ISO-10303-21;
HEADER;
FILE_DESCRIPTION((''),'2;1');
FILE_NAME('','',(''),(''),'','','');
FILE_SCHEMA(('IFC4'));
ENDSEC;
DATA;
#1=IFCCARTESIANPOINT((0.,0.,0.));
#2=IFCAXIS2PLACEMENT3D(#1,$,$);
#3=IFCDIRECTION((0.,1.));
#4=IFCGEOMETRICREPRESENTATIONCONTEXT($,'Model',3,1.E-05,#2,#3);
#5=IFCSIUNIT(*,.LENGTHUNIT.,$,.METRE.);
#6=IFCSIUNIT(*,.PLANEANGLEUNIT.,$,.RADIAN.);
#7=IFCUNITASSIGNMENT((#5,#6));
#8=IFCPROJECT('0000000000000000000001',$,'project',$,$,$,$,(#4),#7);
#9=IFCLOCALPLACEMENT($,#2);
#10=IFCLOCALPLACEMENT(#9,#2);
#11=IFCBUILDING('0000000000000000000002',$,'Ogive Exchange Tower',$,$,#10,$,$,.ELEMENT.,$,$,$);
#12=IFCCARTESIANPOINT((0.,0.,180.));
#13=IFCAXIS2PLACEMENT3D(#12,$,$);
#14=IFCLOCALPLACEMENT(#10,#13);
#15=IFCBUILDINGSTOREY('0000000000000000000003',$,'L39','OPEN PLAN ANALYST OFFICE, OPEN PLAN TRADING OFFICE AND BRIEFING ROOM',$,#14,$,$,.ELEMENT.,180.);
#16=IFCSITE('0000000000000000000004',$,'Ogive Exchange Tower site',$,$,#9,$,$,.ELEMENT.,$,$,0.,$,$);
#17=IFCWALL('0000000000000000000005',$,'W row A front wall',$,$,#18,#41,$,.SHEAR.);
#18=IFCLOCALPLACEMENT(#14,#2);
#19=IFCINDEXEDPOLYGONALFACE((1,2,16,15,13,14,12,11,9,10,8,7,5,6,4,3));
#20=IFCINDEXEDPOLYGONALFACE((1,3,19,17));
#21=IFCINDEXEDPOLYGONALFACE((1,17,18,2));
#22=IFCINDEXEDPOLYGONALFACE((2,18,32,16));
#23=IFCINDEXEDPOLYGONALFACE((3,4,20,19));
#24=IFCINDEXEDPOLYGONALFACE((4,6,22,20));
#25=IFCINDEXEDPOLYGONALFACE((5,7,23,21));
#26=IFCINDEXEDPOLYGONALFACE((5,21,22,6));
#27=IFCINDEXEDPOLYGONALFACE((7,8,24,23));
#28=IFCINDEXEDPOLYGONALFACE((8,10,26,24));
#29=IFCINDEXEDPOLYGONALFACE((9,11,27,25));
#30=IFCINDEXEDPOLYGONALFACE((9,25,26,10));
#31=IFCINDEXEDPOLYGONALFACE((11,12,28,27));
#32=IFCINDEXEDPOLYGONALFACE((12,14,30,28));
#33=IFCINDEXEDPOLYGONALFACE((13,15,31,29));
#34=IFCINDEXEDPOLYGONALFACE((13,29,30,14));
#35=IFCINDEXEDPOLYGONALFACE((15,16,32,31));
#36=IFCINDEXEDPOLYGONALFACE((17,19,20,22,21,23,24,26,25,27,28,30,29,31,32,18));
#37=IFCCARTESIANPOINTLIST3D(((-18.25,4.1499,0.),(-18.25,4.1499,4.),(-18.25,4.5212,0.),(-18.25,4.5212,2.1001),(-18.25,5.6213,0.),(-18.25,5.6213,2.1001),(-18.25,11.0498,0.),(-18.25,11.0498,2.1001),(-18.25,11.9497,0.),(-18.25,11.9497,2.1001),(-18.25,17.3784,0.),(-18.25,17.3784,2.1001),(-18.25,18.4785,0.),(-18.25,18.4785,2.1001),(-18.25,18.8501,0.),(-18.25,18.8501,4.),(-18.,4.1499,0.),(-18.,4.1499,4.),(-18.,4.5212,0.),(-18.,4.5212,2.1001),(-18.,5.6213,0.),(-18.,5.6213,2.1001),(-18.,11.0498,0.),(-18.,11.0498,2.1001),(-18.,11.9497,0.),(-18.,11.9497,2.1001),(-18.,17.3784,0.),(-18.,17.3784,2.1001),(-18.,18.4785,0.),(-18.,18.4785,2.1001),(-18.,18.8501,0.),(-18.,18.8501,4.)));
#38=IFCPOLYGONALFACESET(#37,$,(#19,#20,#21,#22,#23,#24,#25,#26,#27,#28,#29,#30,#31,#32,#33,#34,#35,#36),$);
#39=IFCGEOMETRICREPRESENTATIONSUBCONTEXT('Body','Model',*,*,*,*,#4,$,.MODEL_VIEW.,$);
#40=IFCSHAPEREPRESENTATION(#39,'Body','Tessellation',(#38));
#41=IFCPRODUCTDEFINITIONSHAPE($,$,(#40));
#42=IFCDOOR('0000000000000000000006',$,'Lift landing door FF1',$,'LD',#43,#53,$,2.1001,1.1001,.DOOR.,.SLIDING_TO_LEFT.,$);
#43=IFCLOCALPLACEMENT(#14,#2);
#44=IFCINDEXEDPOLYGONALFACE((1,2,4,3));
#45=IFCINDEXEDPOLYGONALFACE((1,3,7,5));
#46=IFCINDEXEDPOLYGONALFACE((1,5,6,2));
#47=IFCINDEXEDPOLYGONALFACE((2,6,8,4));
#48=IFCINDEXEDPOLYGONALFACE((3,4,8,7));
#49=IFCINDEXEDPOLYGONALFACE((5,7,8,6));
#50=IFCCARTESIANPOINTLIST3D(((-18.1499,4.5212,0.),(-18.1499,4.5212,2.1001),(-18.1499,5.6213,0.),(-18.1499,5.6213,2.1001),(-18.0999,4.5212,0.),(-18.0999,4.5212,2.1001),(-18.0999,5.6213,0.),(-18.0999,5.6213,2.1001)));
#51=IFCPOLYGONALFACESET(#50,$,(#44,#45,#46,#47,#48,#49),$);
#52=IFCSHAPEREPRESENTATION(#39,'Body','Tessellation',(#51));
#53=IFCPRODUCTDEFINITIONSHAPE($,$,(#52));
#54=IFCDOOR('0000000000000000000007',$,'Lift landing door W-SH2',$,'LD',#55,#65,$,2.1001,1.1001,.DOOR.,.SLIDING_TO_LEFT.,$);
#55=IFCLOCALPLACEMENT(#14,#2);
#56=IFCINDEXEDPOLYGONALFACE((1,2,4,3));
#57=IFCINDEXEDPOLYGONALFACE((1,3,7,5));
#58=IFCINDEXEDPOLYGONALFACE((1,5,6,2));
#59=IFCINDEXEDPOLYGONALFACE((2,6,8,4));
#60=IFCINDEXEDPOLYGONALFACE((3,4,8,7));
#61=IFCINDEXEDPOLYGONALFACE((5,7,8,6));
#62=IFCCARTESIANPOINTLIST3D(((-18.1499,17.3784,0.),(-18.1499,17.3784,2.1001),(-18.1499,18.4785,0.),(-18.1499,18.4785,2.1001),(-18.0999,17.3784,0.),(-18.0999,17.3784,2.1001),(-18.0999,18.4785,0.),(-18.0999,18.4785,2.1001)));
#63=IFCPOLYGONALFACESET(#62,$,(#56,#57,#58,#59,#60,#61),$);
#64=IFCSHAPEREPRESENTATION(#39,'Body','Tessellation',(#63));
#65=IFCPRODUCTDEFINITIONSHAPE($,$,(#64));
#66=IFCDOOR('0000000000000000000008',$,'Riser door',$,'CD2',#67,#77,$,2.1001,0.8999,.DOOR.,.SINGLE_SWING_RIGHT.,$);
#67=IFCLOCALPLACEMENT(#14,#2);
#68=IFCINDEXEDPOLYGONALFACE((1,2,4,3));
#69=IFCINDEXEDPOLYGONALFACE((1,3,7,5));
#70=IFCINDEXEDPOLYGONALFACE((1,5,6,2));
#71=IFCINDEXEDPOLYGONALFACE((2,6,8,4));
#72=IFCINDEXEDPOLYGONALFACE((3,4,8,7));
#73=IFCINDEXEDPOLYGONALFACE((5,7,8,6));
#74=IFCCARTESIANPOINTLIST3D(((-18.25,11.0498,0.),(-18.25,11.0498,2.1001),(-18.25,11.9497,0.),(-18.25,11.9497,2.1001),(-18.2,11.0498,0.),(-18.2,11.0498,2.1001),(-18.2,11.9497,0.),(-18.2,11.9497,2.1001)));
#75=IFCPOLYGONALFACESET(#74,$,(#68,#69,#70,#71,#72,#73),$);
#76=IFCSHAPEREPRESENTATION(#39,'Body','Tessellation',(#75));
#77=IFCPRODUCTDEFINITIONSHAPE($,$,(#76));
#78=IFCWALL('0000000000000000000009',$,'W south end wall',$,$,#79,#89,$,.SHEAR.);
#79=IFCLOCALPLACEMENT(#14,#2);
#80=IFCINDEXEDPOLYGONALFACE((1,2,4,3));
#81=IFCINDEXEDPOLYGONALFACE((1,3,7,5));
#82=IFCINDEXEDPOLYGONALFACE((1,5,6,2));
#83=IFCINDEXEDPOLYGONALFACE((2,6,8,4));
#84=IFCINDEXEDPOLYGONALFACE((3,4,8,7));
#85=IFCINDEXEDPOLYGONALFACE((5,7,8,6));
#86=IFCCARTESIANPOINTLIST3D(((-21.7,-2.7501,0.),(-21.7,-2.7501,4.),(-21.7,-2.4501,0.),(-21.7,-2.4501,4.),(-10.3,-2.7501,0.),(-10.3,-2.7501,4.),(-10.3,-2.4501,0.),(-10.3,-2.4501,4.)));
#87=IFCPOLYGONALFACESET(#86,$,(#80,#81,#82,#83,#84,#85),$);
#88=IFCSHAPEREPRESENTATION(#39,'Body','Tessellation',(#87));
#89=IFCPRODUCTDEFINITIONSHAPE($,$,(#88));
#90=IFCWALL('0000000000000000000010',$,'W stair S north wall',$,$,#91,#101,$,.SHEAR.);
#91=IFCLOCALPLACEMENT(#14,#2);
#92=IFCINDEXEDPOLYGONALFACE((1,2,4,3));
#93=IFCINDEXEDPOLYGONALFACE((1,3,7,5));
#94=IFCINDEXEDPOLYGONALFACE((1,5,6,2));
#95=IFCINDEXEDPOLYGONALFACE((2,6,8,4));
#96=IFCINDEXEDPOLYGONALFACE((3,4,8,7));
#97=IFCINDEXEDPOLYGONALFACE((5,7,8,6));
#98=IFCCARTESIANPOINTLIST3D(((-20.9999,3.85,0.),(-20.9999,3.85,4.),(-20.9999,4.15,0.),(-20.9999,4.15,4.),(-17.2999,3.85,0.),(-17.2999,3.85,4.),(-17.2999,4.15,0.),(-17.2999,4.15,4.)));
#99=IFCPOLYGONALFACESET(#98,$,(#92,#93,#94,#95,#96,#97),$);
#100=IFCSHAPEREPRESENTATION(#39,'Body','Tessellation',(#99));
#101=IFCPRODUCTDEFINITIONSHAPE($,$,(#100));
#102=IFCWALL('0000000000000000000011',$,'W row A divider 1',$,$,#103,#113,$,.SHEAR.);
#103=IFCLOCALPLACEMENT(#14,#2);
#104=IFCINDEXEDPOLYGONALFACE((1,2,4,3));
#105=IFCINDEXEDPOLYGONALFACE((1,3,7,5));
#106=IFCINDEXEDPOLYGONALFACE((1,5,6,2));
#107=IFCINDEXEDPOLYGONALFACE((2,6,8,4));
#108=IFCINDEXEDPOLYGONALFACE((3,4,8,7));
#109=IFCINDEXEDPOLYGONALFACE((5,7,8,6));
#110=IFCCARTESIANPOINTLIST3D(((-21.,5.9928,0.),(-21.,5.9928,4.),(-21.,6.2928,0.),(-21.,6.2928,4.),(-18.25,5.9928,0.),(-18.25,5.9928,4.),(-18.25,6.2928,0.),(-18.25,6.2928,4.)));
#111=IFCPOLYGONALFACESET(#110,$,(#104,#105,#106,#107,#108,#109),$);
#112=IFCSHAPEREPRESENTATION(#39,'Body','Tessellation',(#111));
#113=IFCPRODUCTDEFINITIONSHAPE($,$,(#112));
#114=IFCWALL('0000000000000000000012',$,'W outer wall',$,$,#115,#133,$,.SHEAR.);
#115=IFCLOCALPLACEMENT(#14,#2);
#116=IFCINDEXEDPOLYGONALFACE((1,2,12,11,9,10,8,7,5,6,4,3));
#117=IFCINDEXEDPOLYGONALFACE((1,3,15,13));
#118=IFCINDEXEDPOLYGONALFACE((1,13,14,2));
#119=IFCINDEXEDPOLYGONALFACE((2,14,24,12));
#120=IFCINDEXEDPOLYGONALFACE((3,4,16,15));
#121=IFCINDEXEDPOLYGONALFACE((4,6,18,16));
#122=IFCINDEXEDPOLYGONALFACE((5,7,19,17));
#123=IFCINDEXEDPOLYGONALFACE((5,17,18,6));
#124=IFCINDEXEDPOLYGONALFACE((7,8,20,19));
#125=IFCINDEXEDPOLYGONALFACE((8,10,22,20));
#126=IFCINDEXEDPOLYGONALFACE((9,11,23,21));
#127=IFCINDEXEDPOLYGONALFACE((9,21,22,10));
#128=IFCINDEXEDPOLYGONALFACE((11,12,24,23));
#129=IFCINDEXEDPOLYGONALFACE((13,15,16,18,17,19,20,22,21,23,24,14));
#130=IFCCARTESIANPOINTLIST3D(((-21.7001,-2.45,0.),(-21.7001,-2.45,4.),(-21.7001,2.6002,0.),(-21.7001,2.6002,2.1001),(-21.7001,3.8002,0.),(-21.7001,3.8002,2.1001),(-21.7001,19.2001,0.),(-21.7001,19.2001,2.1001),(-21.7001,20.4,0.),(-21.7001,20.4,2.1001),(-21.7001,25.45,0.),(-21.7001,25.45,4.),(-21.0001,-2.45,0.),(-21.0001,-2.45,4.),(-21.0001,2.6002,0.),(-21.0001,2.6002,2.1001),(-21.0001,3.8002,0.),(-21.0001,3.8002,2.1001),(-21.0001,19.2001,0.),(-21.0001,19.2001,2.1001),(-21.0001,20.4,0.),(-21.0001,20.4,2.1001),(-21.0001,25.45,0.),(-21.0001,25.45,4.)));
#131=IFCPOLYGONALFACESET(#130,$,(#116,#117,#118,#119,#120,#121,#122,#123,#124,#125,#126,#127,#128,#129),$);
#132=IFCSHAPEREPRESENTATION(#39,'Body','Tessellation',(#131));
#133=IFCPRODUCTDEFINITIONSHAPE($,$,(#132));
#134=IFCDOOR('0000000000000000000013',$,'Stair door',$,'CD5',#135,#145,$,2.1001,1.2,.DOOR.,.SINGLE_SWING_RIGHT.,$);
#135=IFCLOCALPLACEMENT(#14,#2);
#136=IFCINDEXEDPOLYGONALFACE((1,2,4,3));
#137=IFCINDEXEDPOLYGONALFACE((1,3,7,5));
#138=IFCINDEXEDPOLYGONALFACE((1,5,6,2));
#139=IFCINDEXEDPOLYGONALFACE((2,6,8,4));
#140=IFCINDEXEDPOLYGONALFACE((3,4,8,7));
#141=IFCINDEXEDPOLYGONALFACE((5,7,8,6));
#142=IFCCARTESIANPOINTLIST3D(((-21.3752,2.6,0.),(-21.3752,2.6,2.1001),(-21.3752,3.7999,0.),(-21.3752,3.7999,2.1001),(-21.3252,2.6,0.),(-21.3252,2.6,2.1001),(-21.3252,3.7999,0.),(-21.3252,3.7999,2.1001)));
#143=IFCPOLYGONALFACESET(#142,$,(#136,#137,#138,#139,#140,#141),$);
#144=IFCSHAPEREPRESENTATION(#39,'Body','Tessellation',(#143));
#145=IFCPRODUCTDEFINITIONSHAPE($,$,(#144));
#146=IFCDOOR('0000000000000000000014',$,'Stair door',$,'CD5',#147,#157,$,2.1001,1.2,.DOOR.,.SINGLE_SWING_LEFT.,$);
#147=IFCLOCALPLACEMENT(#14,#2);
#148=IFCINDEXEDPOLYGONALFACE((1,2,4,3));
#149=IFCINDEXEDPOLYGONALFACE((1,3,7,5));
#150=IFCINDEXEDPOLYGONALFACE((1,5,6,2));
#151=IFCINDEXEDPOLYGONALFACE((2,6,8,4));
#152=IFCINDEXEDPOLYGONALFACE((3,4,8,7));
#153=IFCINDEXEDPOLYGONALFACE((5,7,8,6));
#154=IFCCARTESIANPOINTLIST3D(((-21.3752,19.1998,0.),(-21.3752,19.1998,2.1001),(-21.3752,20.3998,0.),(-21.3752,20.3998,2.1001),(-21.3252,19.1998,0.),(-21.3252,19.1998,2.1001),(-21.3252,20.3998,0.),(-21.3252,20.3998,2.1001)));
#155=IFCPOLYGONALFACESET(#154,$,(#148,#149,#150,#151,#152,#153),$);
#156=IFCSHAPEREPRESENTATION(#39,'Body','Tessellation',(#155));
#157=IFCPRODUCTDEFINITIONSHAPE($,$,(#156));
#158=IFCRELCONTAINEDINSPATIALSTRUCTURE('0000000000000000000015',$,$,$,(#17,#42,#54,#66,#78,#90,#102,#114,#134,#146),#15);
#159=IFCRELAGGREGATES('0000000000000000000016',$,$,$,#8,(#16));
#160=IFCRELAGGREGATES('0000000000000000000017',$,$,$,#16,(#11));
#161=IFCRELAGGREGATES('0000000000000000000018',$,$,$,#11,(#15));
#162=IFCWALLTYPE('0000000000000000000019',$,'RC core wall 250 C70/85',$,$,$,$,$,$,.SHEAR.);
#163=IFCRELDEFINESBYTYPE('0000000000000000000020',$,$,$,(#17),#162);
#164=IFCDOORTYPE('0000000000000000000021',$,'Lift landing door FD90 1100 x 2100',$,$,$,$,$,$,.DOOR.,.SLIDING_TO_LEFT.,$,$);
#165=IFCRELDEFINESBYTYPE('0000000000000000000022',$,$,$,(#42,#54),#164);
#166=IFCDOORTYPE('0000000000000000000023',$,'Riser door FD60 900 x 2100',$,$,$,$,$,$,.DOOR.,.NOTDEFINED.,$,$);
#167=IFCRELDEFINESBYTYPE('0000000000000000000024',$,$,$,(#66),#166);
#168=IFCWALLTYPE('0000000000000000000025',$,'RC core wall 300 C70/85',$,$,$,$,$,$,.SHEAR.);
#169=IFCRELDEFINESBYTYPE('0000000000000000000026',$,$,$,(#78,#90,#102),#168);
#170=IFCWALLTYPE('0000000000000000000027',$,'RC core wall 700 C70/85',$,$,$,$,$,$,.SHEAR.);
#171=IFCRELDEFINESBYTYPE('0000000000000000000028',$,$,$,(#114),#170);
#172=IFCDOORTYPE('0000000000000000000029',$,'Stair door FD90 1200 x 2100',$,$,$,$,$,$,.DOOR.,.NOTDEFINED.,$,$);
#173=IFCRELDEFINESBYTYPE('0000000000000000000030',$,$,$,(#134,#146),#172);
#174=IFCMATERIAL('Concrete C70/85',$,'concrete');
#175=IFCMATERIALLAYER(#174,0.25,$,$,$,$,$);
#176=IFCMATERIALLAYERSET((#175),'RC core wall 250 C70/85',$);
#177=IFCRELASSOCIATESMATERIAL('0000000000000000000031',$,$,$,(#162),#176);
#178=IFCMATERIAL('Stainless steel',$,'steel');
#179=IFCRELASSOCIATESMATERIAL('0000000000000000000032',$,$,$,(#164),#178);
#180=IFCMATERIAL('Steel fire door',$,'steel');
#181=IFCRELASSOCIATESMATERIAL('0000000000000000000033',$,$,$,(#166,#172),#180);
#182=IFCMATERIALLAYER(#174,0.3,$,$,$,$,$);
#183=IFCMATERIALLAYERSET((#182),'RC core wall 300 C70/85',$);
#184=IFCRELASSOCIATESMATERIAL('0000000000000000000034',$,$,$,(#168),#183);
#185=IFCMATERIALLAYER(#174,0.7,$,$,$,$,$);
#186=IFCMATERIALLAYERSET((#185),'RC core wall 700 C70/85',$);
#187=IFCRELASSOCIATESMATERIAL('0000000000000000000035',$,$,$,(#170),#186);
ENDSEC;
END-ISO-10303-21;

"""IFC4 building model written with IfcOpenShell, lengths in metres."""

from ifc_helpers import new_model, si_unit, direction, frame, frame_2d, origin, place, context, subcontext, project, spatial, rectangle, extrude, material, layer, layer_set, type_object, element, fill, save


model = new_model("IFC4")

# Units and contexts
model_context = context("Model", 3, precision=1e-05, world=origin(), true_north=direction((0.0, 1.0)))
body_context = subcontext(model_context, "Body", "Model", "MODEL_VIEW")
ifc_project = project(units=[si_unit("LENGTHUNIT", "METRE"), si_unit("PLANEANGLEUNIT", "RADIAN")], contexts=[model_context])

# Site, building, storey
site_placement = place(None, origin())
site = spatial("IfcSite", under=ifc_project, at=site_placement, Name="Ogive Exchange Tower site", CompositionType="ELEMENT", RefElevation=0.0)
building_placement = place(site_placement, origin())
building = spatial("IfcBuilding", under=site, at=building_placement, Name="Ogive Exchange Tower", CompositionType="ELEMENT")
storey_placement = place(building_placement, frame((0.0, 0.0, 180.0)))
storey = spatial("IfcBuildingStorey", under=building, at=storey_placement, Name="L39", Description="OPEN PLAN ANALYST OFFICE, OPEN PLAN TRADING OFFICE AND BRIEFING ROOM", CompositionType="ELEMENT", Elevation=180.0)

# Wall, openings, doors
ifc_material_1 = material(Name="Concrete C70/85", Category="concrete")
ifc_layer_1 = layer(ifc_material_1, 0.25)
ifc_layer_set_1 = layer_set([ifc_layer_1], Name="RC core wall 250 C70/85")
wall_type_1 = type_object("IfcWallType", Name="RC core wall 250 C70/85", PredefinedType="SHEAR", material=ifc_layer_set_1)
wall_1_placement = place(storey_placement, frame((-18.125, 4.1499, 0.0), z_axis=(0.0, 0.0, 1.0), x_axis=(0.0, 1.0, 0.0)))
wall_1 = element("IfcWall", 1, at=wall_1_placement, inside=storey, type_object=wall_type_1, Name="W row A front wall", PredefinedType="SHEAR", context=body_context, shape_type="SweptSolid", body=[
    extrude(rectangle(XDim=14.7002, YDim=0.25, at=frame_2d((7.3501, 0.0))), origin(), (0.0, 0.0, 1.0), 4.0),
])
opening_1_placement = place(wall_1_placement, frame((6.8999, 0.0, 0.0)))
opening_1 = element("IfcOpeningElement", 2, at=opening_1_placement, cuts=wall_1, PredefinedType="OPENING", context=body_context, shape_type="SweptSolid", body=[
    extrude(rectangle(XDim=0.8999, YDim=2.1001, at=frame_2d((0.45, 1.05))), frame((0.0, 0.135, 0.0), z_axis=(0.0, -1.0, 0.0), x_axis=(1.0, 0.0, 0.0)), (0.0, 0.0, 1.0), 0.27),
])
opening_2_placement = place(wall_1_placement, frame((0.3713, 0.0, 0.0)))
opening_2 = element("IfcOpeningElement", 3, at=opening_2_placement, cuts=wall_1, PredefinedType="OPENING", context=body_context, shape_type="SweptSolid", body=[
    extrude(rectangle(XDim=1.1001, YDim=2.1001, at=frame_2d((0.55, 1.05))), frame((0.0, 0.135, 0.0), z_axis=(0.0, -1.0, 0.0), x_axis=(1.0, 0.0, 0.0)), (0.0, 0.0, 1.0), 0.27),
])
opening_3_placement = place(wall_1_placement, frame((13.2285, 0.0, 0.0)))
opening_3 = element("IfcOpeningElement", 4, at=opening_3_placement, cuts=wall_1, PredefinedType="OPENING", context=body_context, shape_type="SweptSolid", body=[
    extrude(rectangle(XDim=1.1001, YDim=2.1001, at=frame_2d((0.55, 1.05))), frame((0.0, 0.135, 0.0), z_axis=(0.0, -1.0, 0.0), x_axis=(1.0, 0.0, 0.0)), (0.0, 0.0, 1.0), 0.27),
])
ifc_material_2 = material(Name="Stainless steel", Category="steel")
door_type_1 = type_object("IfcDoorType", Name="Lift landing door FD90 1100 x 2100", OperationType="SLIDING_TO_LEFT", PredefinedType="DOOR", material=ifc_material_2)
door_1_placement = place(opening_2_placement, origin())
door_1 = element("IfcDoor", 5, at=door_1_placement, inside=storey, type_object=door_type_1, Name="Lift landing door FF1", ObjectType="LD", OperationType="SLIDING_TO_LEFT", OverallHeight=2.1001, OverallWidth=1.1001, PredefinedType="DOOR", context=body_context, shape_type="SweptSolid", body=[
    extrude(rectangle(XDim=1.1001, YDim=2.1001, at=frame_2d((0.55, 1.05))), frame((0.0, 0.0249, 0.0), z_axis=(0.0, -1.0, 0.0), x_axis=(1.0, 0.0, 0.0)), (0.0, 0.0, 1.0), 0.05),
])
fill(opening_2, door_1)
door_2_placement = place(opening_3_placement, origin())
door_2 = element("IfcDoor", 6, at=door_2_placement, inside=storey, type_object=door_type_1, Name="Lift landing door W-SH2", ObjectType="LD", OperationType="SLIDING_TO_LEFT", OverallHeight=2.1001, OverallWidth=1.1001, PredefinedType="DOOR", context=body_context, shape_type="SweptSolid", body=[
    extrude(rectangle(XDim=1.1001, YDim=2.1001, at=frame_2d((0.55, 1.05))), frame((0.0, 0.0249, 0.0), z_axis=(0.0, -1.0, 0.0), x_axis=(1.0, 0.0, 0.0)), (0.0, 0.0, 1.0), 0.05),
])
fill(opening_3, door_2)
ifc_material_3 = material(Name="Steel fire door", Category="steel")
door_type_2 = type_object("IfcDoorType", Name="Riser door FD60 900 x 2100", OperationType="NOTDEFINED", PredefinedType="DOOR", material=ifc_material_3)
door_3_placement = place(opening_1_placement, origin())
door_3 = element("IfcDoor", 7, at=door_3_placement, inside=storey, type_object=door_type_2, Name="Riser door", ObjectType="CD2", OperationType="SINGLE_SWING_RIGHT", OverallHeight=2.1001, OverallWidth=0.8999, PredefinedType="DOOR", context=body_context, shape_type="SweptSolid", body=[
    extrude(rectangle(XDim=0.8999, YDim=2.1001, at=frame_2d((0.45, 1.05))), frame((0.0, 0.125, 0.0), z_axis=(0.0, -1.0, 0.0), x_axis=(1.0, 0.0, 0.0)), (0.0, 0.0, 1.0), 0.05),
])
fill(opening_1, door_3)

# Walls
ifc_layer_2 = layer(ifc_material_1, 0.3)
ifc_layer_set_2 = layer_set([ifc_layer_2], Name="RC core wall 300 C70/85")
wall_type_2 = type_object("IfcWallType", Name="RC core wall 300 C70/85", PredefinedType="SHEAR", material=ifc_layer_set_2)
wall_2_placement = place(storey_placement, frame((-21.7, -2.6001, 0.0), z_axis=(0.0, 0.0, 1.0), x_axis=(1.0, 0.0, 0.0)))
element("IfcWall", 8, at=wall_2_placement, inside=storey, type_object=wall_type_2, Name="W south end wall", PredefinedType="SHEAR", context=body_context, shape_type="SweptSolid", body=[
    extrude(rectangle(XDim=11.3999, YDim=0.3, at=frame_2d((5.7, 0.0))), origin(), (0.0, 0.0, 1.0), 4.0),
])
wall_3_placement = place(storey_placement, frame((-21.0, 4.0, 0.0), z_axis=(0.0, 0.0, 1.0), x_axis=(1.0, 0.0, 0.0)))
element("IfcWall", 9, at=wall_3_placement, inside=storey, type_object=wall_type_2, Name="W stair S north wall", PredefinedType="SHEAR", context=body_context, shape_type="SweptSolid", body=[
    extrude(rectangle(XDim=3.7, YDim=0.3, at=frame_2d((1.8501, 0.0))), origin(), (0.0, 0.0, 1.0), 4.0),
])
wall_4_placement = place(storey_placement, frame((-21.0, 6.1428, 0.0), z_axis=(0.0, 0.0, 1.0), x_axis=(1.0, 0.0, 0.0)))
element("IfcWall", 10, at=wall_4_placement, inside=storey, type_object=wall_type_2, Name="W row A divider 1", PredefinedType="SHEAR", context=body_context, shape_type="SweptSolid", body=[
    extrude(rectangle(XDim=2.75, YDim=0.3, at=frame_2d((1.375, 0.0))), origin(), (0.0, 0.0, 1.0), 4.0),
])

# Wall, openings, doors
ifc_layer_3 = layer(ifc_material_1, 0.7)
ifc_layer_set_3 = layer_set([ifc_layer_3], Name="RC core wall 700 C70/85")
wall_type_3 = type_object("IfcWallType", Name="RC core wall 700 C70/85", PredefinedType="SHEAR", material=ifc_layer_set_3)
wall_5_placement = place(storey_placement, frame((-21.3501, -2.45, 0.0), z_axis=(0.0, 0.0, 1.0), x_axis=(0.0, 1.0, 0.0)))
wall_5 = element("IfcWall", 11, at=wall_5_placement, inside=storey, type_object=wall_type_3, Name="W outer wall", PredefinedType="SHEAR", context=body_context, shape_type="SweptSolid", body=[
    extrude(rectangle(XDim=27.8999, YDim=0.7, at=frame_2d((13.95, 0.0))), origin(), (0.0, 0.0, 1.0), 4.0),
])
opening_4_placement = place(wall_5_placement, frame((5.05, 0.0, 0.0)))
opening_4 = element("IfcOpeningElement", 12, at=opening_4_placement, cuts=wall_5, PredefinedType="OPENING", context=body_context, shape_type="SweptSolid", body=[
    extrude(rectangle(XDim=1.2, YDim=2.1001, at=frame_2d((0.6001, 1.05))), frame((0.0, 0.3599, 0.0), z_axis=(0.0, -1.0, 0.0), x_axis=(1.0, 0.0, 0.0)), (0.0, 0.0, 1.0), 0.72),
])
opening_5_placement = place(wall_5_placement, frame((21.6499, 0.0, 0.0)))
opening_5 = element("IfcOpeningElement", 13, at=opening_5_placement, cuts=wall_5, PredefinedType="OPENING", context=body_context, shape_type="SweptSolid", body=[
    extrude(rectangle(XDim=1.2, YDim=2.1001, at=frame_2d((0.6001, 1.05))), frame((0.0, 0.3599, 0.0), z_axis=(0.0, -1.0, 0.0), x_axis=(1.0, 0.0, 0.0)), (0.0, 0.0, 1.0), 0.72),
])
door_type_3 = type_object("IfcDoorType", Name="Stair door FD90 1200 x 2100", OperationType="NOTDEFINED", PredefinedType="DOOR", material=ifc_material_3)
door_4_placement = place(opening_4_placement, frame((1.2, 0.0, 0.0), z_axis=(0.0, 0.0, 1.0), x_axis=(-1.0, 0.0, 0.0)))
door_4 = element("IfcDoor", 14, at=door_4_placement, inside=storey, type_object=door_type_3, Name="Stair door", ObjectType="CD5", OperationType="SINGLE_SWING_RIGHT", OverallHeight=2.1001, OverallWidth=1.2, PredefinedType="DOOR", context=body_context, shape_type="SweptSolid", body=[
    extrude(rectangle(XDim=1.2, YDim=2.1001, at=frame_2d((0.6001, 1.05))), frame((0.0, 0.0249, 0.0), z_axis=(0.0, -1.0, 0.0), x_axis=(1.0, 0.0, 0.0)), (0.0, 0.0, 1.0), 0.05),
])
fill(opening_4, door_4)
door_5_placement = place(opening_5_placement, frame((1.2, 0.0, 0.0), z_axis=(0.0, 0.0, 1.0), x_axis=(-1.0, 0.0, 0.0)))
door_5 = element("IfcDoor", 15, at=door_5_placement, inside=storey, type_object=door_type_3, Name="Stair door", ObjectType="CD5", OperationType="SINGLE_SWING_LEFT", OverallHeight=2.1001, OverallWidth=1.2, PredefinedType="DOOR", context=body_context, shape_type="SweptSolid", body=[
    extrude(rectangle(XDim=1.2, YDim=2.1001, at=frame_2d((0.6001, 1.05))), frame((0.0, 0.0249, 0.0), z_axis=(0.0, -1.0, 0.0), x_axis=(1.0, 0.0, 0.0)), (0.0, 0.0, 1.0), 0.05),
])
fill(opening_5, door_5)

save(model, "model.ifc")
